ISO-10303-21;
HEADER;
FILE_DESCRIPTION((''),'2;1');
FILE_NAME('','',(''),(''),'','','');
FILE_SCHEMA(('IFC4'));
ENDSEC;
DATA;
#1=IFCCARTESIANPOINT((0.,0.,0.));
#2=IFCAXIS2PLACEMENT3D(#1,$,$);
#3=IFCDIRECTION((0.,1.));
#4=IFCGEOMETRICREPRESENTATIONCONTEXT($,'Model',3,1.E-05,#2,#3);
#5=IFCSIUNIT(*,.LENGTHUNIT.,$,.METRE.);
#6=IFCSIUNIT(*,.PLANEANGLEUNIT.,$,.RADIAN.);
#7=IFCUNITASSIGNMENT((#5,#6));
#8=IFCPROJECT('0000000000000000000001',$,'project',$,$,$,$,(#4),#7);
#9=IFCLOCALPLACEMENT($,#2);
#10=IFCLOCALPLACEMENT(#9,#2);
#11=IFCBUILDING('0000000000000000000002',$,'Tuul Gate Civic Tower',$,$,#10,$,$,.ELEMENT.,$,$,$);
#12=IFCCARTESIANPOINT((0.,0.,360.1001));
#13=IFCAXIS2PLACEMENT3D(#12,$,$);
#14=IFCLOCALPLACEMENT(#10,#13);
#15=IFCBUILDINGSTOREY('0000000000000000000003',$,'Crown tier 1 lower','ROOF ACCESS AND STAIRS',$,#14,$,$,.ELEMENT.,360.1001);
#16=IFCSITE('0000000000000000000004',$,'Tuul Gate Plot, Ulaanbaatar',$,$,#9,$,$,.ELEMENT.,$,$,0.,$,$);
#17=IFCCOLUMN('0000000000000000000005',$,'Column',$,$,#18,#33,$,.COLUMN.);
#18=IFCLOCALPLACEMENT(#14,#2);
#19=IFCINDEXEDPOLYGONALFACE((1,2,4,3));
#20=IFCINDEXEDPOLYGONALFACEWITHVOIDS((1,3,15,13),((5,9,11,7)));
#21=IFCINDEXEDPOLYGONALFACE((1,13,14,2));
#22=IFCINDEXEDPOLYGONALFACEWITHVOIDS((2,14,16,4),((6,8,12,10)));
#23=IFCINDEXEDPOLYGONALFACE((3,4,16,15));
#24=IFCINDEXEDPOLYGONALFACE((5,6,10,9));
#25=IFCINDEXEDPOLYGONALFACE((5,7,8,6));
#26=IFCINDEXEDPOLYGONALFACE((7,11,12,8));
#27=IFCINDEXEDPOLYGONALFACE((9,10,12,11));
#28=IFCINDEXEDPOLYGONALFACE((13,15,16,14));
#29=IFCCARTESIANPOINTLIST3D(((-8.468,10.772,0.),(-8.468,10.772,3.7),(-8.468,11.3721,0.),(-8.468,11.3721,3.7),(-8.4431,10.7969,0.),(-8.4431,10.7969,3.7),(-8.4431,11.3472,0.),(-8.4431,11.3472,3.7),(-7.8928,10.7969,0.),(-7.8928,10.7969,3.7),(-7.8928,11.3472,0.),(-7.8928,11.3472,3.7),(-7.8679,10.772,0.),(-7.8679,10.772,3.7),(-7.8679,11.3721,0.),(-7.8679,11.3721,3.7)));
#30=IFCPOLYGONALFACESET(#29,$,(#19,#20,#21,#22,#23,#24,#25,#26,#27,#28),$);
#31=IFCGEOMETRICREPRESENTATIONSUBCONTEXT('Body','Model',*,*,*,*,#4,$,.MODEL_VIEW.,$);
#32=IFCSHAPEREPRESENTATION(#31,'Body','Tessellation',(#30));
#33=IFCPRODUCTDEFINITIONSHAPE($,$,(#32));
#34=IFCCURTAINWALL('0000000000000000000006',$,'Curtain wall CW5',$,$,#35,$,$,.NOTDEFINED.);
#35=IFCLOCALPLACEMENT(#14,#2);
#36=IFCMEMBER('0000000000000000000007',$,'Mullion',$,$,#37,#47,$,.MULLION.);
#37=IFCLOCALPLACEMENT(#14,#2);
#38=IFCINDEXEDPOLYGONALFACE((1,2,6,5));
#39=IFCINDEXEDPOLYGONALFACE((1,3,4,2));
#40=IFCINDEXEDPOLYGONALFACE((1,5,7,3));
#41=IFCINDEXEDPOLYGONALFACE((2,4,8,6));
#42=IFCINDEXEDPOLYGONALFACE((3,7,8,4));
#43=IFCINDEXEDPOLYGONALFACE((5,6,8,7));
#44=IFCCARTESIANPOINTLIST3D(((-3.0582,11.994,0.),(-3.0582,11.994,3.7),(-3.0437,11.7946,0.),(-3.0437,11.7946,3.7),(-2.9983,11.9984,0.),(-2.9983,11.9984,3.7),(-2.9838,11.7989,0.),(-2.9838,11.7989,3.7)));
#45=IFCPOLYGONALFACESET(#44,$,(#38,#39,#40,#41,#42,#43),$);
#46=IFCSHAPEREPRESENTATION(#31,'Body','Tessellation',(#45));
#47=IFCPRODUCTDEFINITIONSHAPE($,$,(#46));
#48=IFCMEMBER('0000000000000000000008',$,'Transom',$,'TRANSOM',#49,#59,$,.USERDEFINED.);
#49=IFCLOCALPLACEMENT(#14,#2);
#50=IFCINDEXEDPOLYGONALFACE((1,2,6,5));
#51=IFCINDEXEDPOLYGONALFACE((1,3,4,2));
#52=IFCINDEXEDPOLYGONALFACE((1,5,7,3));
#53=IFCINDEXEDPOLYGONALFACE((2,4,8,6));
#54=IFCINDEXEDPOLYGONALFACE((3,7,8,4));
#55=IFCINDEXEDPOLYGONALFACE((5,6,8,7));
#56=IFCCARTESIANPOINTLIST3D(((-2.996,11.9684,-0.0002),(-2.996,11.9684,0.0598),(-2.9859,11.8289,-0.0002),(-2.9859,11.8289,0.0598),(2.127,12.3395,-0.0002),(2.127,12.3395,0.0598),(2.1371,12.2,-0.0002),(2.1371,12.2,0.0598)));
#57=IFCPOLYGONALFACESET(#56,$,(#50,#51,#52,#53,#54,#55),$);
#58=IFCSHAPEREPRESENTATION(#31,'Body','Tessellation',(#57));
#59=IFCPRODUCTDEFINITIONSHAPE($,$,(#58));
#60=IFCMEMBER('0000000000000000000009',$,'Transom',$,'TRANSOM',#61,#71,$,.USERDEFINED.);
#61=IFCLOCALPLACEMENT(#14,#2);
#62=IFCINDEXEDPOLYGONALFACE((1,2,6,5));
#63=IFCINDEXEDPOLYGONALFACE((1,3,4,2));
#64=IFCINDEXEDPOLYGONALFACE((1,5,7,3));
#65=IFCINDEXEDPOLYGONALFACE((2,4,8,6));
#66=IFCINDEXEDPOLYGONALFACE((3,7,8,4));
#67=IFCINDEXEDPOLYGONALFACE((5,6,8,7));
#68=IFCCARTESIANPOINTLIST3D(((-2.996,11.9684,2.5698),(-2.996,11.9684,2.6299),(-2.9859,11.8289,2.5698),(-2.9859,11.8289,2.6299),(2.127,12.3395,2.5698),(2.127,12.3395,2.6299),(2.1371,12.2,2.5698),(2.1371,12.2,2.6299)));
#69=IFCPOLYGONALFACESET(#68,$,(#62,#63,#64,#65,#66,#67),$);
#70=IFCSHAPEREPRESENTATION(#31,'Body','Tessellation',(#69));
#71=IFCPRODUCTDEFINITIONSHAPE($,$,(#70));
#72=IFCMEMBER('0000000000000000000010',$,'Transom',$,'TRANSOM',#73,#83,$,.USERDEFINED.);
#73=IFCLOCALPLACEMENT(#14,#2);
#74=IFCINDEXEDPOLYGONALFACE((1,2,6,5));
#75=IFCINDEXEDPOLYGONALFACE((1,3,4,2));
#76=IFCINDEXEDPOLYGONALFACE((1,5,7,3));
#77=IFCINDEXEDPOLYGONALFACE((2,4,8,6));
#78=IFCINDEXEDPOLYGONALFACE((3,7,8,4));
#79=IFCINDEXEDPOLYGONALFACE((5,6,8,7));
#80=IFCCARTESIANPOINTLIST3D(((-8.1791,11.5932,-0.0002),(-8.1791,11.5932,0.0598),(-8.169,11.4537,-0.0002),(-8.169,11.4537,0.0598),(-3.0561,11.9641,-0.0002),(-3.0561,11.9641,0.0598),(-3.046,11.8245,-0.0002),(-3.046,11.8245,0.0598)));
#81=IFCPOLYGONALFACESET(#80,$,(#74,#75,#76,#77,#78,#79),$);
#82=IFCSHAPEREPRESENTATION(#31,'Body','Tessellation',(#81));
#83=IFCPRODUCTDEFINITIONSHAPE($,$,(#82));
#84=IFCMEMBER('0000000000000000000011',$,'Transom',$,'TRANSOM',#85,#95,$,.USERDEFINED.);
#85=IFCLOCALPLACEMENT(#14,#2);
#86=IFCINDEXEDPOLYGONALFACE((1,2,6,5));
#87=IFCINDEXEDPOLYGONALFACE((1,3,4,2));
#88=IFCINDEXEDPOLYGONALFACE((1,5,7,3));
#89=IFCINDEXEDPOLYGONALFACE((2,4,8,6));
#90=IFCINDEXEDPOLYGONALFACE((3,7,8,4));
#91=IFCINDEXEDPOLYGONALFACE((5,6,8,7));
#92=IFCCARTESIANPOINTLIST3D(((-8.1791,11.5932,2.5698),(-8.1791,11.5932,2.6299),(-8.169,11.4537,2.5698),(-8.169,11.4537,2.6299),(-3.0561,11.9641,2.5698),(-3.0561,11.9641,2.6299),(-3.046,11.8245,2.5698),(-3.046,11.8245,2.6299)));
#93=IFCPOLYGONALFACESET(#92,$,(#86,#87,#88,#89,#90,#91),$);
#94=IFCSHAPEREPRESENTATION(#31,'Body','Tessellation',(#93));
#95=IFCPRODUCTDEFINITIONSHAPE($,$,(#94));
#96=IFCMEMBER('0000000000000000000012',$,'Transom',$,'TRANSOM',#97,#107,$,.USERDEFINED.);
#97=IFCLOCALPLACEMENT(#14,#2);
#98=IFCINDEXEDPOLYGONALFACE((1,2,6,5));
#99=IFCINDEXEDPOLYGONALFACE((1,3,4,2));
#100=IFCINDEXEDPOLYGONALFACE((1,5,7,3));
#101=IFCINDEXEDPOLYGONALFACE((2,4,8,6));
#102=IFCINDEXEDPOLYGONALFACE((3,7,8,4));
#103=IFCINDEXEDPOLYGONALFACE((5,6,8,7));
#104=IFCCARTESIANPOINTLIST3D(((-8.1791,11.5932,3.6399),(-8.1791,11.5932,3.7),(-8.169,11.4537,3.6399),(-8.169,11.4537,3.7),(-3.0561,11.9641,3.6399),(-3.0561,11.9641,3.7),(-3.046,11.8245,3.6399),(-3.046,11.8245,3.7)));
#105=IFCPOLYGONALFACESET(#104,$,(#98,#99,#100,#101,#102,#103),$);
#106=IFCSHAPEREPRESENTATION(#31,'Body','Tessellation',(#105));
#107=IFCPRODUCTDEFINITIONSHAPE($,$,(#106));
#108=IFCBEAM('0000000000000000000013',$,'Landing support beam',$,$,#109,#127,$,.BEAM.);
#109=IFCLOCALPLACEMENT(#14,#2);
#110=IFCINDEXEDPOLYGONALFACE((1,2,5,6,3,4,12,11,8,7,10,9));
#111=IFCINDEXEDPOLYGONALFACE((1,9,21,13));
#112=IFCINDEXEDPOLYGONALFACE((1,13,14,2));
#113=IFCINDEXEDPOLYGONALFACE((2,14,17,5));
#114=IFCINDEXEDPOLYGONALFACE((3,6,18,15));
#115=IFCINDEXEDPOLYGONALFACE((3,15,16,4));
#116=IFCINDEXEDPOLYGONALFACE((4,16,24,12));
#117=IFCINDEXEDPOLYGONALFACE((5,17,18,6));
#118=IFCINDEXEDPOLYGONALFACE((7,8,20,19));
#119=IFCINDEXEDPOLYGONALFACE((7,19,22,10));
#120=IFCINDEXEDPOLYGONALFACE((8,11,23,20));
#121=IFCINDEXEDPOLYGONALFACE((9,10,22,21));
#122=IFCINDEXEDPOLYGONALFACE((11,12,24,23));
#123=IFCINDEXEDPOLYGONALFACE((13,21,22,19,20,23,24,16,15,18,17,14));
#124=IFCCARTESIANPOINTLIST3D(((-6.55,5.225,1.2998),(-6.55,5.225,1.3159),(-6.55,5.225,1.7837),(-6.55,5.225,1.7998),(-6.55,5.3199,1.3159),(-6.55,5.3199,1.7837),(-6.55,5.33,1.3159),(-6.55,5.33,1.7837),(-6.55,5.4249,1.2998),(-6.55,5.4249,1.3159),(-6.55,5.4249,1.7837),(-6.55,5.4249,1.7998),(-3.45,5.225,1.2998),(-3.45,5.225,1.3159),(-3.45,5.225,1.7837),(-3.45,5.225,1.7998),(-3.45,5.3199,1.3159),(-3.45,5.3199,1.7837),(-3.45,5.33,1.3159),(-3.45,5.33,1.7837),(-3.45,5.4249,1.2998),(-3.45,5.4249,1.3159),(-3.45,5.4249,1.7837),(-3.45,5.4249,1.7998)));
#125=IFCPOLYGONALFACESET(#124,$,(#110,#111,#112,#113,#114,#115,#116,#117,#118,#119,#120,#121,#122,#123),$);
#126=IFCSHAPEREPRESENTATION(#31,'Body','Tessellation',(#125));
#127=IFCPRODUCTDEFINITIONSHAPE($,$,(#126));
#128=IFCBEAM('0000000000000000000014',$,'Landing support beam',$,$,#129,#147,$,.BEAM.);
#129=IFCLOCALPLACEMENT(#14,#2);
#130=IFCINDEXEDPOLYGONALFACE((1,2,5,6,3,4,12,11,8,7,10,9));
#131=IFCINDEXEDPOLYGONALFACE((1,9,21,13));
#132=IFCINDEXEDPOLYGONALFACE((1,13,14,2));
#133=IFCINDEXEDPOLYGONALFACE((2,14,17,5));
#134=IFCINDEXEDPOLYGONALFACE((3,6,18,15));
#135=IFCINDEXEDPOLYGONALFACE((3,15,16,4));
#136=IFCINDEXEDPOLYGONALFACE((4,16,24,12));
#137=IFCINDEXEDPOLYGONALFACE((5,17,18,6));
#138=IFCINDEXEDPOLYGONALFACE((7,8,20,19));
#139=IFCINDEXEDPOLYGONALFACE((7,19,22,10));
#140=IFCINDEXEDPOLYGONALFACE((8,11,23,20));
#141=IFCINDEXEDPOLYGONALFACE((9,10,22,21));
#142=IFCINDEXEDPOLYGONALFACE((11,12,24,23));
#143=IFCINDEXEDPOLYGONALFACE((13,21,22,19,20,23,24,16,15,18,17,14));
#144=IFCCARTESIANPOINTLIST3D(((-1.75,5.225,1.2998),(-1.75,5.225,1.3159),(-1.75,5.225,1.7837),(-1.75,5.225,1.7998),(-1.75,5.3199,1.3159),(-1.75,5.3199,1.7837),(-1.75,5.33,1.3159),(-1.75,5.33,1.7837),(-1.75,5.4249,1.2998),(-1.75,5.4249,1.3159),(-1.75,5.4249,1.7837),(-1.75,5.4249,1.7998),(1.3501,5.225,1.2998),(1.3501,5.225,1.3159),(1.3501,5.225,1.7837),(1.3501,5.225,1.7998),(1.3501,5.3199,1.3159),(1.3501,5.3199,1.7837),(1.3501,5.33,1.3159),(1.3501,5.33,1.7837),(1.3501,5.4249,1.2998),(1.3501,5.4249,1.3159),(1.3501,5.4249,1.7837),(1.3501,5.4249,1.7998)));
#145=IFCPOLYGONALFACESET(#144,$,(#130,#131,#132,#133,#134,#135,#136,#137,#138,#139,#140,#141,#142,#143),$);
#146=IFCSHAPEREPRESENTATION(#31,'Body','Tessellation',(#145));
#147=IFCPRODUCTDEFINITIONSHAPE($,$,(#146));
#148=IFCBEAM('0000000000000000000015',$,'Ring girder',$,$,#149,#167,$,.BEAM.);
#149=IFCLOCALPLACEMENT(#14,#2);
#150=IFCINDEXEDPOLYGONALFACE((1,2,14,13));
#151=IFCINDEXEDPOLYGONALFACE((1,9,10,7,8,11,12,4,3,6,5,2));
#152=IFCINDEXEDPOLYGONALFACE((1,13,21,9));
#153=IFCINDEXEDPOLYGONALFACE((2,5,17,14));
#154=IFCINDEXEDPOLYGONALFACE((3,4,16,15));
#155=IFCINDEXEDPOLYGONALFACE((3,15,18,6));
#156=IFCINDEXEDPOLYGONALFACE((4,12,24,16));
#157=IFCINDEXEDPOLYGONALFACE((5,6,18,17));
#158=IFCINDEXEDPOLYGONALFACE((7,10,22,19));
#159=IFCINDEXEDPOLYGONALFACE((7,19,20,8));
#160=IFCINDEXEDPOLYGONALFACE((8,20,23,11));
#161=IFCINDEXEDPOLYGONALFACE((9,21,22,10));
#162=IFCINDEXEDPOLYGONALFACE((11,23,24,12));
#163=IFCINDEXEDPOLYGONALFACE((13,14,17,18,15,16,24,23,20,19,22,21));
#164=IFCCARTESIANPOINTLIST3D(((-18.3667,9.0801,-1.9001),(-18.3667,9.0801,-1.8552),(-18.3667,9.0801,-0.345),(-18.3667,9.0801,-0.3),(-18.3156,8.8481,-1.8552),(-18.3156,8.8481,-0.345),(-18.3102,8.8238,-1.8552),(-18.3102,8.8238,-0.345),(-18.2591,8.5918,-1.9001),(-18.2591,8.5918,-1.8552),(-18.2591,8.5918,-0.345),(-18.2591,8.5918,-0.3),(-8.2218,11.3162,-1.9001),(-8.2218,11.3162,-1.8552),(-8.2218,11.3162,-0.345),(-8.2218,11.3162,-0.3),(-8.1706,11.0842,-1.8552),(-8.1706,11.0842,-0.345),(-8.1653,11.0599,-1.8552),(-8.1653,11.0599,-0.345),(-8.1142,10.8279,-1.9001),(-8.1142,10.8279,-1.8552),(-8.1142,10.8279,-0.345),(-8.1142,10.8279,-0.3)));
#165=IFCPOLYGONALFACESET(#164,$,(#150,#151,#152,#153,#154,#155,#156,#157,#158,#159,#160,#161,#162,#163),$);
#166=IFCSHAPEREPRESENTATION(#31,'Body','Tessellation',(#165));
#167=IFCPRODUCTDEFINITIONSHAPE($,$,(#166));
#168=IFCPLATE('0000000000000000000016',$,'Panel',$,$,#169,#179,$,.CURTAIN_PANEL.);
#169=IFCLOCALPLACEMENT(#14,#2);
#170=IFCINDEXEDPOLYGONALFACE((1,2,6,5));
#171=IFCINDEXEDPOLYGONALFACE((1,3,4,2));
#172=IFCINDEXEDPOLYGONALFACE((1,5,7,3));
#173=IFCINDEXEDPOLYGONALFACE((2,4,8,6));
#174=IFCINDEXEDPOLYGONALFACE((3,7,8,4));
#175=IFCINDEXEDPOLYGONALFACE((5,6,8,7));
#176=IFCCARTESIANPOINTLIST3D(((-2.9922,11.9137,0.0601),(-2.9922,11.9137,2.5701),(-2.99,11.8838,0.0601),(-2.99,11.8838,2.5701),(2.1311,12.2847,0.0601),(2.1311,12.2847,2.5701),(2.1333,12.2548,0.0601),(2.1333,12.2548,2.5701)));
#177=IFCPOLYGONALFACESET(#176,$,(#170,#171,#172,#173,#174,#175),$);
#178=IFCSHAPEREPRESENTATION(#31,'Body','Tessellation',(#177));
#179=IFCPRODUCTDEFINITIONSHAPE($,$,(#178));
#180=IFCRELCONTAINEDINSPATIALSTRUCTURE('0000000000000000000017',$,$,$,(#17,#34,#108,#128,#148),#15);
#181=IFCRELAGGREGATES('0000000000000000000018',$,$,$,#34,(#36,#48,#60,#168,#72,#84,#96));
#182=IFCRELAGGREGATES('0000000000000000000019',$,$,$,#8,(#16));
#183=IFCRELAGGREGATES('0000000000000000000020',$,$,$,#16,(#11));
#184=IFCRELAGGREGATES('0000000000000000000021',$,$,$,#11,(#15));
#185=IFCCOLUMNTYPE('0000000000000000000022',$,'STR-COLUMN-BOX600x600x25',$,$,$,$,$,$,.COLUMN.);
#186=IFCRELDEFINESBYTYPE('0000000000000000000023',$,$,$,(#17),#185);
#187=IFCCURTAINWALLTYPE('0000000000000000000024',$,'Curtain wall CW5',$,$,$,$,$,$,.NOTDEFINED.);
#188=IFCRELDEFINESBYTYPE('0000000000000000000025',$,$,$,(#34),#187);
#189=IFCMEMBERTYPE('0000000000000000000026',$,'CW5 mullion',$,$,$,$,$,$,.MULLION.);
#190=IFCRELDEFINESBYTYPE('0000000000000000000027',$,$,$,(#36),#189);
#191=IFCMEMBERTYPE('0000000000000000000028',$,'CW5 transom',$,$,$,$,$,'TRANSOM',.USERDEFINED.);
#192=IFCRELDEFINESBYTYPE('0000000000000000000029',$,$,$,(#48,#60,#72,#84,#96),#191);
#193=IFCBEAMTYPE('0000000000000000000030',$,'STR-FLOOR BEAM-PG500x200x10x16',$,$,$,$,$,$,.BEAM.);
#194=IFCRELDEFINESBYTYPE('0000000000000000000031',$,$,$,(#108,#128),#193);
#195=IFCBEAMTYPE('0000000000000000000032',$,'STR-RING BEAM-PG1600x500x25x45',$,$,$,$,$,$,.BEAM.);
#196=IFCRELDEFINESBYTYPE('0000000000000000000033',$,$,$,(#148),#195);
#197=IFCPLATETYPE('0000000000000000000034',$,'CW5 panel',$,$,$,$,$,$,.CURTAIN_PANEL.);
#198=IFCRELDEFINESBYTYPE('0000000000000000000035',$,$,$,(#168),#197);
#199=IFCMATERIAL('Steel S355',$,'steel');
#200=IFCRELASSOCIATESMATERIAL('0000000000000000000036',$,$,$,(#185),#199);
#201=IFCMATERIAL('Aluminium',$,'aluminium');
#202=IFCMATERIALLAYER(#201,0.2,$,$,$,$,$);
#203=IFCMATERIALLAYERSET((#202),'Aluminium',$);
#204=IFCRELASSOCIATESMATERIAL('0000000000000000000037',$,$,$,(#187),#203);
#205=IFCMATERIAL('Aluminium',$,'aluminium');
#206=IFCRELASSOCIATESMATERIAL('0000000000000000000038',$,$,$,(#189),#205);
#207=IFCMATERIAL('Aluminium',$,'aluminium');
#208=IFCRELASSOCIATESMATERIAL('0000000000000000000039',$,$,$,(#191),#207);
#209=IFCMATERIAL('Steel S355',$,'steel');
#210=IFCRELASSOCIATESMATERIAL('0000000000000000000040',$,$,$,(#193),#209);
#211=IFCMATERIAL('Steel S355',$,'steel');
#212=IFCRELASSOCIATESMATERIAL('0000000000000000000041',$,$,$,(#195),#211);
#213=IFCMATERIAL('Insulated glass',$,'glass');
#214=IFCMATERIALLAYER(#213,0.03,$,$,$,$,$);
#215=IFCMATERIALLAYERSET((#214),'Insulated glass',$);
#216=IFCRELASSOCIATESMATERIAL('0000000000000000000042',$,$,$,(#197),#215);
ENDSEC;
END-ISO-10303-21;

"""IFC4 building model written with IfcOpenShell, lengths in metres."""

from ifc_helpers import new_model, si_unit, direction, frame, origin, origin_2d, place, context, subcontext, project, spatial, rectangle, hollow_rectangle, i_section, extrude, material, layer, layer_set, material_profile, profile_set, type_object, element, aggregate, save


model = new_model("IFC4")

# Units and contexts
model_context = context("Model", 3, precision=1e-05, world=origin(), true_north=direction((0.0, 1.0)))
body_context = subcontext(model_context, "Body", "Model", "MODEL_VIEW")
ifc_project = project(units=[si_unit("LENGTHUNIT", "METRE"), si_unit("PLANEANGLEUNIT", "RADIAN")], contexts=[model_context])

# Site, building, storey
site_placement = place(None, origin())
site = spatial("IfcSite", under=ifc_project, at=site_placement, Name="Tuul Gate Plot, Ulaanbaatar", CompositionType="ELEMENT", RefElevation=0.0)
building_placement = place(site_placement, origin())
building = spatial("IfcBuilding", under=site, at=building_placement, Name="Tuul Gate Civic Tower", CompositionType="ELEMENT")
storey_placement = place(building_placement, frame((0.0, 0.0, 360.1001)))
storey = spatial("IfcBuildingStorey", under=building, at=storey_placement, Name="Crown tier 1 lower", Description="ROOF ACCESS AND STAIRS", CompositionType="ELEMENT", Elevation=360.1001)

# Column
ifc_material_1 = material(Name="Steel S355", Category="steel")
ifc_material_profile_1 = material_profile(ifc_material_1, hollow_rectangle(XDim=0.6001, YDim=0.6001, WallThickness=0.0249, at=origin_2d()), Name="BOX600x600x25")
ifc_profile_set_1 = profile_set([ifc_material_profile_1], Name="Steel S355")
column_type = type_object("IfcColumnType", Name="STR-COLUMN-BOX600x600x25", PredefinedType="COLUMN", material=ifc_profile_set_1)
column_placement = place(storey_placement, frame((-8.168, 11.072, 0.0), z_axis=(0.0, 0.0, 1.0), x_axis=(1.0, 0.0, 0.0)))
element("IfcColumn", 1, at=column_placement, inside=storey, type_object=column_type, Name="Column", PredefinedType="COLUMN", context=body_context, shape_type="SweptSolid", body=[
    extrude(hollow_rectangle(XDim=0.6001, YDim=0.6001, WallThickness=0.0249, at=origin_2d()), origin(), (0.0, 0.0, 1.0), 3.7),
])

# Curtain wall, members
ifc_material_2 = material(Name="Aluminium", Category="aluminium")
ifc_layer_1 = layer(ifc_material_2, 0.2)
ifc_layer_set_1 = layer_set([ifc_layer_1], Name="Aluminium")
curtain_wall_type = type_object("IfcCurtainWallType", Name="Curtain wall CW5", PredefinedType="NOTDEFINED", material=ifc_layer_set_1)
curtain_wall_placement = place(storey_placement, origin())
curtain_wall = element("IfcCurtainWall", 2, at=curtain_wall_placement, inside=storey, type_object=curtain_wall_type, Name="Curtain wall CW5", PredefinedType="NOTDEFINED")
ifc_material_3 = material(Name="Aluminium", Category="aluminium")
ifc_material_profile_2 = material_profile(ifc_material_3, rectangle(XDim=0.2, YDim=0.0601, at=origin_2d()), Name="CW5 mullion")
ifc_profile_set_2 = profile_set([ifc_material_profile_2], Name="Aluminium")
member_type_1 = type_object("IfcMemberType", Name="CW5 mullion", PredefinedType="MULLION", material=ifc_profile_set_2)
member_1_placement = place(storey_placement, frame((-3.021, 11.8965, 0.0), z_axis=(0.0, 0.0, 1.0), x_axis=(0.072226, -0.997388, 0.0)))
member_1 = element("IfcMember", 3, at=member_1_placement, type_object=member_type_1, Name="Mullion", PredefinedType="MULLION", context=body_context, shape_type="SweptSolid", body=[
    extrude(rectangle(XDim=0.2, YDim=0.0601, at=origin_2d()), origin(), (0.0, 0.0, 1.0), 3.7),
])
ifc_material_4 = material(Name="Aluminium", Category="aluminium")
ifc_material_profile_3 = material_profile(ifc_material_4, rectangle(XDim=0.1399, YDim=0.0601, at=origin_2d()), Name="CW5 transom")
ifc_profile_set_3 = profile_set([ifc_material_profile_3], Name="Aluminium")
member_type_2 = type_object("IfcMemberType", Name="CW5 transom", ElementType="TRANSOM", PredefinedType="USERDEFINED", material=ifc_profile_set_3)
member_2_placement = place(storey_placement, frame((2.1321, 12.2698, 0.0298), z_axis=(-0.997387, -0.072247, 0.0), x_axis=(0.072247, -0.997387, 0.0)))
member_2 = element("IfcMember", 4, at=member_2_placement, type_object=member_type_2, Name="Transom", ObjectType="TRANSOM", PredefinedType="USERDEFINED", context=body_context, shape_type="SweptSolid", body=[
    extrude(rectangle(XDim=0.1399, YDim=0.0601, at=origin_2d()), origin(), (0.0, 0.0, 1.0), 5.1365),
])
member_3_placement = place(storey_placement, frame((2.1321, 12.2698, 2.5999), z_axis=(-0.997387, -0.072247, 0.0), x_axis=(0.072247, -0.997387, 0.0)))
member_3 = element("IfcMember", 5, at=member_3_placement, type_object=member_type_2, Name="Transom", ObjectType="TRANSOM", PredefinedType="USERDEFINED", context=body_context, shape_type="SweptSolid", body=[
    extrude(rectangle(XDim=0.1399, YDim=0.0601, at=origin_2d()), origin(), (0.0, 0.0, 1.0), 5.1365),
])
member_4_placement = place(storey_placement, frame((-3.051, 11.8943, 0.0298), z_axis=(-0.99739, -0.0722, 0.0), x_axis=(0.0722, -0.99739, 0.0)))
member_4 = element("IfcMember", 6, at=member_4_placement, type_object=member_type_2, Name="Transom", ObjectType="TRANSOM", PredefinedType="USERDEFINED", context=body_context, shape_type="SweptSolid", body=[
    extrude(rectangle(XDim=0.1399, YDim=0.0601, at=origin_2d()), origin(), (0.0, 0.0, 1.0), 5.1365),
])
member_5_placement = place(storey_placement, frame((-3.051, 11.8943, 2.5999), z_axis=(-0.99739, -0.0722, 0.0), x_axis=(0.0722, -0.99739, 0.0)))
member_5 = element("IfcMember", 7, at=member_5_placement, type_object=member_type_2, Name="Transom", ObjectType="TRANSOM", PredefinedType="USERDEFINED", context=body_context, shape_type="SweptSolid", body=[
    extrude(rectangle(XDim=0.1399, YDim=0.0601, at=origin_2d()), origin(), (0.0, 0.0, 1.0), 5.1365),
])
member_6_placement = place(storey_placement, frame((-3.051, 11.8943, 3.6699), z_axis=(-0.99739, -0.0722, 0.0), x_axis=(0.0722, -0.99739, 0.0)))
member_6 = element("IfcMember", 8, at=member_6_placement, type_object=member_type_2, Name="Transom", ObjectType="TRANSOM", PredefinedType="USERDEFINED", context=body_context, shape_type="SweptSolid", body=[
    extrude(rectangle(XDim=0.1399, YDim=0.0601, at=origin_2d()), origin(), (0.0, 0.0, 1.0), 5.1365),
])

# Beams
ifc_material_5 = material(Name="Steel S355", Category="steel")
ifc_material_profile_4 = material_profile(ifc_material_5, i_section(OverallWidth=0.2, OverallDepth=0.5, WebThickness=0.01, FlangeThickness=0.0161, at=origin_2d()), Name="PG500x200x10x16")
ifc_profile_set_4 = profile_set([ifc_material_profile_4], Name="Steel S355")
beam_type_1 = type_object("IfcBeamType", Name="STR-FLOOR BEAM-PG500x200x10x16", PredefinedType="BEAM", material=ifc_profile_set_4)
for number, where, z_axis, x_axis, name in (
    (9, (-6.55, 5.325, 1.5498), (1.0, 0.0, 0.0), (0.0, 1.0, 0.0), "Landing support beam"),
    (10, (-1.75, 5.325, 1.5498), (1.0, 0.0, 0.0), (0.0, 1.0, 0.0), "Landing support beam"),
):
    element("IfcBeam", number, at=place(storey_placement, frame(where, z_axis=z_axis, x_axis=x_axis)), inside=storey, type_object=beam_type_1, Name=name, PredefinedType="BEAM", context=body_context, shape_type="SweptSolid", body=[
        extrude(i_section(OverallWidth=0.2, OverallDepth=0.5, WebThickness=0.01, FlangeThickness=0.0161, at=origin_2d()), origin(), (0.0, 0.0, 1.0), 3.1001),
    ])
ifc_material_6 = material(Name="Steel S355", Category="steel")
ifc_material_profile_5 = material_profile(ifc_material_6, i_section(OverallWidth=0.5, OverallDepth=1.6001, WebThickness=0.0249, FlangeThickness=0.0449, at=origin_2d()), Name="PG1600x500x25x45")
ifc_profile_set_5 = profile_set([ifc_material_profile_5], Name="Steel S355")
beam_type_2 = type_object("IfcBeamType", Name="STR-RING BEAM-PG1600x500x25x45", PredefinedType="BEAM", material=ifc_profile_set_5)
beam_placement = place(storey_placement, frame((-8.168, 11.072, -1.1001), z_axis=(-0.97656, -0.215246, 0.0), x_axis=(0.215246, -0.97656, 0.0)))
element("IfcBeam", 11, at=beam_placement, inside=storey, type_object=beam_type_2, Name="Ring girder", PredefinedType="BEAM", context=body_context, shape_type="SweptSolid", body=[
    extrude(i_section(OverallWidth=0.5, OverallDepth=1.6001, WebThickness=0.0249, FlangeThickness=0.0449, at=origin_2d()), origin(), (0.0, 0.0, 1.0), 10.3884),
])

# Plate
ifc_material_7 = material(Name="Insulated glass", Category="glass")
ifc_layer_2 = layer(ifc_material_7, 0.03)
ifc_layer_set_2 = layer_set([ifc_layer_2], Name="Insulated glass")
plate_type = type_object("IfcPlateType", Name="CW5 panel", PredefinedType="CURTAIN_PANEL", material=ifc_layer_set_2)
plate_1_placement = place(storey_placement, frame((-0.4294, 12.0842, 0.0601), z_axis=(0.0, 0.0, 1.0), x_axis=(-0.997388, -0.072226, 0.0)))
plate_1 = element("IfcPlate", 12, at=plate_1_placement, type_object=plate_type, Name="Panel", PredefinedType="CURTAIN_PANEL", context=body_context, shape_type="SweptSolid", body=[
    extrude(rectangle(XDim=5.1367, YDim=0.03, at=origin_2d()), origin(), (0.0, 0.0, 1.0), 2.51),
])
aggregate(curtain_wall, [member_1, member_2, member_3, plate_1, member_4, member_5, member_6])

save(model, "model.ifc")
